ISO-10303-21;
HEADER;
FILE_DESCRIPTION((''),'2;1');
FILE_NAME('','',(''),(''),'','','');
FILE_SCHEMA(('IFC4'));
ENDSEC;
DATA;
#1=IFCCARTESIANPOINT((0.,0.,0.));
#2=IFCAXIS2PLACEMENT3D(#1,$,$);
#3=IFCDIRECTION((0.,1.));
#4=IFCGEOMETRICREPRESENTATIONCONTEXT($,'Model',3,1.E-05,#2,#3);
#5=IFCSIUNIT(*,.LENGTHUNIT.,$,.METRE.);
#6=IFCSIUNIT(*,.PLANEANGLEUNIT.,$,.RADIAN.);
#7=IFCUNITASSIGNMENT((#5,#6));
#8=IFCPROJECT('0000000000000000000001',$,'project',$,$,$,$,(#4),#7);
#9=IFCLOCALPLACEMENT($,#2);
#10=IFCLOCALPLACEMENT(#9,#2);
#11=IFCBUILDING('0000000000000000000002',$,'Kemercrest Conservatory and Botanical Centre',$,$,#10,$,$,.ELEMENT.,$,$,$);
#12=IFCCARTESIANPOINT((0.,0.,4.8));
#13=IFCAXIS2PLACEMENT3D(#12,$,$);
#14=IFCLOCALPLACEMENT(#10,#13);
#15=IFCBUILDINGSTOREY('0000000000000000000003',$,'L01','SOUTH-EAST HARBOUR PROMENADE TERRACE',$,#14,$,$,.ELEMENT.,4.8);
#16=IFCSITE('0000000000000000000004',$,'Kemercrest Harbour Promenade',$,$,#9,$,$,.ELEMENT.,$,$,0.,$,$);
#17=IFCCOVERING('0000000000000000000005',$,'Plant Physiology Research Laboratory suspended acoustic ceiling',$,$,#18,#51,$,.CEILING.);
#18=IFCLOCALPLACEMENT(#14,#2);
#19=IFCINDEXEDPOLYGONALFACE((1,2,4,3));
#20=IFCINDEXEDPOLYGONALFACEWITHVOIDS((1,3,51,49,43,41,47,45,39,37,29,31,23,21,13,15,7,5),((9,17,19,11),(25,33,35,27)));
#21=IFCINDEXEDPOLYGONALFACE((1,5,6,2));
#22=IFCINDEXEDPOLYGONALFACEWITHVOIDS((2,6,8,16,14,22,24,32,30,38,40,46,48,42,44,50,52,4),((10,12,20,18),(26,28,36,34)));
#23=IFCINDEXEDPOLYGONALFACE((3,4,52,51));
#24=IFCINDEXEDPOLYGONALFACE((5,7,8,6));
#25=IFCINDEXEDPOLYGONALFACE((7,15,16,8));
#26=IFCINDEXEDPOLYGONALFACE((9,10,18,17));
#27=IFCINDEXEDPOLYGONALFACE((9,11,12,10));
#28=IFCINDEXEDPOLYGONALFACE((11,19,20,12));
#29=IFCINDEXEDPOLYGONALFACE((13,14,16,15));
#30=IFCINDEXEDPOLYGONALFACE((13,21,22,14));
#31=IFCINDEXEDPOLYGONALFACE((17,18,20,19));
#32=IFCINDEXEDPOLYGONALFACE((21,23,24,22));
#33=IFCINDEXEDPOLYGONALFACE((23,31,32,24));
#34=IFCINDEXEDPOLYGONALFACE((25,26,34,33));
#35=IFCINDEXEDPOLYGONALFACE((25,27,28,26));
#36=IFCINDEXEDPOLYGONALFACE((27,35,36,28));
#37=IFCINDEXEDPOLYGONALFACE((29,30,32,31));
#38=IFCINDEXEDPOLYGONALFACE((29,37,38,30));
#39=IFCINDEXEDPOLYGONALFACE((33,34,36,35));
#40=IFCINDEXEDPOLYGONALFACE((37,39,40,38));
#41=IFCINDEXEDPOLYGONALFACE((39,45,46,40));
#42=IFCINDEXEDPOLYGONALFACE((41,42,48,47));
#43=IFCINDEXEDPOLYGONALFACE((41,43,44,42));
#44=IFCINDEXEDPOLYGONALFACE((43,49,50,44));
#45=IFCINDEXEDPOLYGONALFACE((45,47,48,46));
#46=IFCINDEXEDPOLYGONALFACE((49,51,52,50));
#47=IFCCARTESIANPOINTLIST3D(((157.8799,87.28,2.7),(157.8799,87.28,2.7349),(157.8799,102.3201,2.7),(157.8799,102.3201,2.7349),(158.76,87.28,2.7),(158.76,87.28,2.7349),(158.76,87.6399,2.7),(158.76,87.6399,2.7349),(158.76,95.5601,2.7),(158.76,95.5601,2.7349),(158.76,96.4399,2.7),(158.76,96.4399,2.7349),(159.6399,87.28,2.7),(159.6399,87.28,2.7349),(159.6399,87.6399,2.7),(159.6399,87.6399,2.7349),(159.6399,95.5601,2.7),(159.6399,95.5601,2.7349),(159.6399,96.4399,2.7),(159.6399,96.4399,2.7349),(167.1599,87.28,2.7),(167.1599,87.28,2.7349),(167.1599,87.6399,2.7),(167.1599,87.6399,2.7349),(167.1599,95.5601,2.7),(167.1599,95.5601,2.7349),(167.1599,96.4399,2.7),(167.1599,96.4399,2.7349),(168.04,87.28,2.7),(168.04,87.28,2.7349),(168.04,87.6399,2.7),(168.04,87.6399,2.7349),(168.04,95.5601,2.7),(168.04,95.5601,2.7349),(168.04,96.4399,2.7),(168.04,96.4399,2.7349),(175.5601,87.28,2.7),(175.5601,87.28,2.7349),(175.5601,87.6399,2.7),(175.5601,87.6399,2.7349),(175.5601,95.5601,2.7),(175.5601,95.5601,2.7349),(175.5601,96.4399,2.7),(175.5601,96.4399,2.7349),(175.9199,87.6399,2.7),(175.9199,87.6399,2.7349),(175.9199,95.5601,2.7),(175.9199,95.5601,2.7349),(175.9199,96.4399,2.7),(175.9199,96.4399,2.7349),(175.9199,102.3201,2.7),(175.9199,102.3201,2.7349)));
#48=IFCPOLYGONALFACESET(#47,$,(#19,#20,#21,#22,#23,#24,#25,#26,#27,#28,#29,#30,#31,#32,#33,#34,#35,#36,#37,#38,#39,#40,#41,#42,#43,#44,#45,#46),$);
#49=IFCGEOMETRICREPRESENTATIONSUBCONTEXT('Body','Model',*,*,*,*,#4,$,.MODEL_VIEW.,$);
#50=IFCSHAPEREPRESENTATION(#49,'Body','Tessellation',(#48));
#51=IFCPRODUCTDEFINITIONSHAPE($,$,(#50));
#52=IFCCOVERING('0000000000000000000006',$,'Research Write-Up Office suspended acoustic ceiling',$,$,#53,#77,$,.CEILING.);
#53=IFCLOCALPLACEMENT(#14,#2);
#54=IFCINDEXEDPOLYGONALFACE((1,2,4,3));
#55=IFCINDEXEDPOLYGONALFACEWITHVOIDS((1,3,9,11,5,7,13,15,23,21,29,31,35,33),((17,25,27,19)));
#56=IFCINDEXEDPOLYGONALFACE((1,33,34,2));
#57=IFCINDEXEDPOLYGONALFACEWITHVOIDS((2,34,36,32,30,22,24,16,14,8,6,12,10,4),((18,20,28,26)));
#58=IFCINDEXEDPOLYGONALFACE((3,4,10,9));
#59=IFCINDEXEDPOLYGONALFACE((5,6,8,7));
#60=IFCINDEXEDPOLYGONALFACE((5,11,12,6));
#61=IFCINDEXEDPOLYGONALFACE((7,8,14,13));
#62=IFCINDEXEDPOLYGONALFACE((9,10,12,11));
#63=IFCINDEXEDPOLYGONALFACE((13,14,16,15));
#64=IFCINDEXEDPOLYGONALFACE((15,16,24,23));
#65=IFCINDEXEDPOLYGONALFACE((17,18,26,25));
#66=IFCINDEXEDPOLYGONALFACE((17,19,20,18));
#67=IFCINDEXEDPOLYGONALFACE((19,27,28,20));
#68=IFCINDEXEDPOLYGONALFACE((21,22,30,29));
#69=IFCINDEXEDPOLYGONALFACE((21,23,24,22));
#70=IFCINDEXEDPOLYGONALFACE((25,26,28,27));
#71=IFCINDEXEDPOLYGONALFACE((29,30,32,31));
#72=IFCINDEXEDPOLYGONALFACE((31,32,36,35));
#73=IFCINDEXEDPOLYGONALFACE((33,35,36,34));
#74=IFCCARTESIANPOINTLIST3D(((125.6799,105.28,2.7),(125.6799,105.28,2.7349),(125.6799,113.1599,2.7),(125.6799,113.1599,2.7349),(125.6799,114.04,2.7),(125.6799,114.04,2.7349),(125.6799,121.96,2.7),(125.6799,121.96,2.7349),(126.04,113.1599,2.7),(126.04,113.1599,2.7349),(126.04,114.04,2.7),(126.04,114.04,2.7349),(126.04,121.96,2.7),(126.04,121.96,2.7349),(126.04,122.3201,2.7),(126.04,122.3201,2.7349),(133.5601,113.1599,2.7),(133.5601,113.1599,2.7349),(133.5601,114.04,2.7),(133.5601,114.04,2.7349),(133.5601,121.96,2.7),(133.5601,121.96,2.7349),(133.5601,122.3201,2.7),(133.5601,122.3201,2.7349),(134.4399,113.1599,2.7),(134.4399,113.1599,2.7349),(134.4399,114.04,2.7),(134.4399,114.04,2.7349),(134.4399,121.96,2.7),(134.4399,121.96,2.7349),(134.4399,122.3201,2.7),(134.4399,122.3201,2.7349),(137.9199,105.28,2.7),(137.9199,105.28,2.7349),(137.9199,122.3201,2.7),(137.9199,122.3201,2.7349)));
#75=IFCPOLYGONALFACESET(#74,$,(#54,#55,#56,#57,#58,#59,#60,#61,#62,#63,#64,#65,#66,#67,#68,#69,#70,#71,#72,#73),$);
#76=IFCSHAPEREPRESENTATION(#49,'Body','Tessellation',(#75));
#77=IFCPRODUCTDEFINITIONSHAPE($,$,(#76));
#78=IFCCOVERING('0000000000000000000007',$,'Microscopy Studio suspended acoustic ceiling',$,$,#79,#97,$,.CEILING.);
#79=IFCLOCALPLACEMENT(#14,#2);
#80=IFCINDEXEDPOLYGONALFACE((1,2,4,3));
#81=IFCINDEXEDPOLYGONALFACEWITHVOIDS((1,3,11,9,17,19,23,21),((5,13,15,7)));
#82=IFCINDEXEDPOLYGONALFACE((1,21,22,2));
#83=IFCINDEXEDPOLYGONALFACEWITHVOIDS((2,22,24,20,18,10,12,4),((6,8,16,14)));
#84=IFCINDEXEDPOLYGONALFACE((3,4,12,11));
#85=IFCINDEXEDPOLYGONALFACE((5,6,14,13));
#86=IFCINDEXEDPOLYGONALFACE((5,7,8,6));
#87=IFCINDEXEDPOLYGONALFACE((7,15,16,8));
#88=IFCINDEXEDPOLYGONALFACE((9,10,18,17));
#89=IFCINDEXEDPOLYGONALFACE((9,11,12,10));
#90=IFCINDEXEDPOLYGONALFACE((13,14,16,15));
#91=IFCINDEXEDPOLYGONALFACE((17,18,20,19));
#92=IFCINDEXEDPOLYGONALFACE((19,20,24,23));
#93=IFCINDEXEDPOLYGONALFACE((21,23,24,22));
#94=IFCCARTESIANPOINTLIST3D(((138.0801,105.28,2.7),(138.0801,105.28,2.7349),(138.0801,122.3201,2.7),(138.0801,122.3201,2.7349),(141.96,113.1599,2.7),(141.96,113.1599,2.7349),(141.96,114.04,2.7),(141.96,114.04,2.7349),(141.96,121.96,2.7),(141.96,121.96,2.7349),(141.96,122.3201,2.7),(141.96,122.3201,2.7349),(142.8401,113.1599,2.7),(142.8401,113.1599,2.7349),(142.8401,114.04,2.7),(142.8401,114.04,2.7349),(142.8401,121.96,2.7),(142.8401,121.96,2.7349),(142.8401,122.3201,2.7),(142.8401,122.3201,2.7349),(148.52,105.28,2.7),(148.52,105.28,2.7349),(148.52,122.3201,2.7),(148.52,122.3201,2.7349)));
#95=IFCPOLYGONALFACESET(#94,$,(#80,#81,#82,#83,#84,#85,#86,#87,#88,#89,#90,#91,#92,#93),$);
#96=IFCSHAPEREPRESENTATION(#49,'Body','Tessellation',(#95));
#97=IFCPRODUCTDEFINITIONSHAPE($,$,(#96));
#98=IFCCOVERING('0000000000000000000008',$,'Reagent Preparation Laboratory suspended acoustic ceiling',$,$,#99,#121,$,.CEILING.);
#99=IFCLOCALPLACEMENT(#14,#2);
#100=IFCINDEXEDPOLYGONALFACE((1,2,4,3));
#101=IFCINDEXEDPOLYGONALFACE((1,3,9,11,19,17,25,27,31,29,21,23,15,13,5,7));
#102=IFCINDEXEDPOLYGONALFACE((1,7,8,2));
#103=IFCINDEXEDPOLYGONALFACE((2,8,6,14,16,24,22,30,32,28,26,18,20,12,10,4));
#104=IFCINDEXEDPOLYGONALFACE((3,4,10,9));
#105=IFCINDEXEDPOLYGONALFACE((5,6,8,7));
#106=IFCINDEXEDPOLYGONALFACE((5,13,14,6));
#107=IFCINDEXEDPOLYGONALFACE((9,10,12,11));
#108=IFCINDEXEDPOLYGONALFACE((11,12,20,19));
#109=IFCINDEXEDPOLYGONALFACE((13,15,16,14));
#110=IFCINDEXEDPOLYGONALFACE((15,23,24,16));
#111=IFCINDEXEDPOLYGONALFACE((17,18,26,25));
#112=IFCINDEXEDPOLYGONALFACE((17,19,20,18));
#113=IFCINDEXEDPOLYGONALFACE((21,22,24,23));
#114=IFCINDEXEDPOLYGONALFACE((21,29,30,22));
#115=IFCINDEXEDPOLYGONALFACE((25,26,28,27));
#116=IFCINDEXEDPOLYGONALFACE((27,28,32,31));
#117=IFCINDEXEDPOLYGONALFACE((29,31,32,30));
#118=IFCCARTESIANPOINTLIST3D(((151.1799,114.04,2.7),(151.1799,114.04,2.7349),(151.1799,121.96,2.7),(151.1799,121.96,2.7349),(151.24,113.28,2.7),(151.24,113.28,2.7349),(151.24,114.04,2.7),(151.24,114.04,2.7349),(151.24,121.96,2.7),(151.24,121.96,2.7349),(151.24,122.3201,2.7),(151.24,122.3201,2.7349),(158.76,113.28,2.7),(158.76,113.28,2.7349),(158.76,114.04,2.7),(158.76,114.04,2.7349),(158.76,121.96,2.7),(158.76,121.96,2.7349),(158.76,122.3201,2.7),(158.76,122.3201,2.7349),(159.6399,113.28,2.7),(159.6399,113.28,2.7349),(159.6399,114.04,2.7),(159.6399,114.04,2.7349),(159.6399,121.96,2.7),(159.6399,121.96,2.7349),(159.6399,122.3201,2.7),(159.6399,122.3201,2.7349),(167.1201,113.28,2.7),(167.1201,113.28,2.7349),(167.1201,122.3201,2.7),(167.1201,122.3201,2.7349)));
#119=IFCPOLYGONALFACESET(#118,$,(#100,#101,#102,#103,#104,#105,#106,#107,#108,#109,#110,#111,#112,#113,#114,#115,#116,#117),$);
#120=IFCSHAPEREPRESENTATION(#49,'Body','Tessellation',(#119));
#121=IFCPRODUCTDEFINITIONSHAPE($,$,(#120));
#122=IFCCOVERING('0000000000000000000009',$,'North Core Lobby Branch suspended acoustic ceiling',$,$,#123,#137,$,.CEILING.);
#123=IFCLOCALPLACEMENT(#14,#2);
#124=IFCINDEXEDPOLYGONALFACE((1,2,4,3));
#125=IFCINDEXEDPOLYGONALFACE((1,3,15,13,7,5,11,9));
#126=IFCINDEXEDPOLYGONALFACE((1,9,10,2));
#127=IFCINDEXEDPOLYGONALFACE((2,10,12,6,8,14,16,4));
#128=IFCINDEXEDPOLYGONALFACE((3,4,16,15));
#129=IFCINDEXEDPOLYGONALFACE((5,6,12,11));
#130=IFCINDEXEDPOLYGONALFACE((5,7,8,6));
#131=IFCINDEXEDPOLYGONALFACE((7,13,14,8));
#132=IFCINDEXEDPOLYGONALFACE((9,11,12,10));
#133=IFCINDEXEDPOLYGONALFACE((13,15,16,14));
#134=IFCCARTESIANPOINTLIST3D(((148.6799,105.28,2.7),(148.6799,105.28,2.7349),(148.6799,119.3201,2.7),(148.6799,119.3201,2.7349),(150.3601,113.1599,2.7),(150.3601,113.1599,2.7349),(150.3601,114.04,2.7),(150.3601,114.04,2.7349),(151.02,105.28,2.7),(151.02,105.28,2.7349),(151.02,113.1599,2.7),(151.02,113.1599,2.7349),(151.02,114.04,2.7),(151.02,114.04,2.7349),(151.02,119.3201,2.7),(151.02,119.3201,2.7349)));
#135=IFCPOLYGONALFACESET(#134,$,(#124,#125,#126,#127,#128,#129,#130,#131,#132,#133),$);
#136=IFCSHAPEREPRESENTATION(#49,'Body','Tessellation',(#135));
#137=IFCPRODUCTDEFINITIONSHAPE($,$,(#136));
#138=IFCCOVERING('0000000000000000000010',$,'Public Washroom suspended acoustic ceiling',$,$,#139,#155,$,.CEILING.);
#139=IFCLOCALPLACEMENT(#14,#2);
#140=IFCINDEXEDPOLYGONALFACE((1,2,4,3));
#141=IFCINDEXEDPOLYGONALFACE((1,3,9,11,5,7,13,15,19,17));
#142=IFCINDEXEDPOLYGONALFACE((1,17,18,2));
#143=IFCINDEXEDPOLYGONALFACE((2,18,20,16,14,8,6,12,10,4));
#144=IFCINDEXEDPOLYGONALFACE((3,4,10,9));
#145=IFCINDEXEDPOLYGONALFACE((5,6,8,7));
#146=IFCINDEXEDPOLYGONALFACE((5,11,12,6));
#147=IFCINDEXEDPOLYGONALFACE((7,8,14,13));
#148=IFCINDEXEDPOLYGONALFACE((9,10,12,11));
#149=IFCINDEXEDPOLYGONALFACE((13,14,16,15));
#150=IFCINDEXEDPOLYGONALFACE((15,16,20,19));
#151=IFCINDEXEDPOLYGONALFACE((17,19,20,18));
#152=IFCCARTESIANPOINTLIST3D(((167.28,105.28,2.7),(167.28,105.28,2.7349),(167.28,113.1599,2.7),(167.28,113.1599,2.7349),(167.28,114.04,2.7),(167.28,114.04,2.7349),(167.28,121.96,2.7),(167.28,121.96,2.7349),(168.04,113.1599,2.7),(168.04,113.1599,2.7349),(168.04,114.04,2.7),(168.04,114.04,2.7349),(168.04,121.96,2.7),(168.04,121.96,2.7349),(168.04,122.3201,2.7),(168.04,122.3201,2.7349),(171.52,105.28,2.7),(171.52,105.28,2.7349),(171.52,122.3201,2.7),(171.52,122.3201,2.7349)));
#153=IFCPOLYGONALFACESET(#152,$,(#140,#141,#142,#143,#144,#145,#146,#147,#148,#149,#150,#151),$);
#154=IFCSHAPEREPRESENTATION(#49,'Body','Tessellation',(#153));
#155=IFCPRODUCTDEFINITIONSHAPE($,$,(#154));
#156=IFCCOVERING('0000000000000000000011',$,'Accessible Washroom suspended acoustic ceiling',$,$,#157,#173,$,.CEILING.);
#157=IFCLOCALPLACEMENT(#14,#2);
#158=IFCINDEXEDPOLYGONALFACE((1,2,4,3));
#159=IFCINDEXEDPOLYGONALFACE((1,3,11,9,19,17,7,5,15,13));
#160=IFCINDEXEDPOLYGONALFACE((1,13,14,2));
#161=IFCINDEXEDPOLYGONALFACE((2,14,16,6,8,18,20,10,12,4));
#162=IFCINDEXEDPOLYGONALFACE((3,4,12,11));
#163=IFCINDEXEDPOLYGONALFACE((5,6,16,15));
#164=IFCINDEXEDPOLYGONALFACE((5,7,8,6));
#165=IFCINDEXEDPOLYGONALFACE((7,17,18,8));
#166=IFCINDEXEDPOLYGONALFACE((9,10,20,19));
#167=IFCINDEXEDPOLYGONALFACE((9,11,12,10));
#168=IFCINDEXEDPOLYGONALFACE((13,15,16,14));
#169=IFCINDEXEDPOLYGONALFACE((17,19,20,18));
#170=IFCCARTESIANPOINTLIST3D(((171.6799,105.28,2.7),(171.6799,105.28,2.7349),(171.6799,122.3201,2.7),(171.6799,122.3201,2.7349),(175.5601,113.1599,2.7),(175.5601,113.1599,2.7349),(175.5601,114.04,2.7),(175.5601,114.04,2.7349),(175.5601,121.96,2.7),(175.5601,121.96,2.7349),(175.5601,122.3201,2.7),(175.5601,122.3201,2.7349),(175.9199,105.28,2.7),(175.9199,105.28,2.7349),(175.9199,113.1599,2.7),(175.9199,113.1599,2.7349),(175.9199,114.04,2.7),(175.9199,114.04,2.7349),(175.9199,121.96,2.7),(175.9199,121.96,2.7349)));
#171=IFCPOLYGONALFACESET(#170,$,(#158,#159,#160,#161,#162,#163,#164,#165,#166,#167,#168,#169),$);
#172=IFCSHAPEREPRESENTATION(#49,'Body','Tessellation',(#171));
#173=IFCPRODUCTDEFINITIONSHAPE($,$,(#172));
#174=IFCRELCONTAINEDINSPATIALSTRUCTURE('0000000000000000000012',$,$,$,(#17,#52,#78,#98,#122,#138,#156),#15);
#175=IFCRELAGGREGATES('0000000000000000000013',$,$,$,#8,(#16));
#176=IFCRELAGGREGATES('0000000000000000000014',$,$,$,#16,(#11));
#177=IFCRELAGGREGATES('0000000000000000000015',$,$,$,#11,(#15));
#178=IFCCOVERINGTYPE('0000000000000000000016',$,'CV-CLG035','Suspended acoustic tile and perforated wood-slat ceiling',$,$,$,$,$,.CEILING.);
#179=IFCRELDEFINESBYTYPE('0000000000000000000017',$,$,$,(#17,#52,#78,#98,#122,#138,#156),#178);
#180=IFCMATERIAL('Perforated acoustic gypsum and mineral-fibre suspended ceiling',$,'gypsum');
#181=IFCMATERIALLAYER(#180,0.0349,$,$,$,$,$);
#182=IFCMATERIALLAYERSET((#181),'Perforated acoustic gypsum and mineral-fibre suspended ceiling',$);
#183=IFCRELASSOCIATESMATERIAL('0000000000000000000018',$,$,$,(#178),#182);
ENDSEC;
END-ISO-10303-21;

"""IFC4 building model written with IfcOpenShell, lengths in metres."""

from ifc_helpers import new_model, si_unit, direction, frame, origin, place, context, subcontext, project, spatial, polyline, outline, extrude, material, layer, layer_set, type_object, element, save


model = new_model("IFC4")

# Units and contexts
model_context = context("Model", 3, precision=1e-05, world=origin(), true_north=direction((0.0, 1.0)))
body_context = subcontext(model_context, "Body", "Model", "MODEL_VIEW")
ifc_project = project(units=[si_unit("LENGTHUNIT", "METRE"), si_unit("PLANEANGLEUNIT", "RADIAN")], contexts=[model_context])

# Site, building, storey
site_placement = place(None, origin())
site = spatial("IfcSite", under=ifc_project, at=site_placement, Name="Kemercrest Harbour Promenade", CompositionType="ELEMENT", RefElevation=0.0)
building_placement = place(site_placement, origin())
building = spatial("IfcBuilding", under=site, at=building_placement, Name="Kemercrest Conservatory and Botanical Centre", CompositionType="ELEMENT")
storey_placement = place(building_placement, frame((0.0, 0.0, 4.8)))
storey = spatial("IfcBuildingStorey", under=building, at=storey_placement, Name="L01", Description="SOUTH-EAST HARBOUR PROMENADE TERRACE", CompositionType="ELEMENT", Elevation=4.8)

# Coverings
ifc_material = material(Name="Perforated acoustic gypsum and mineral-fibre suspended ceiling", Category="gypsum")
ifc_layer = layer(ifc_material, 0.0349)
ifc_layer_set = layer_set([ifc_layer], Name="Perforated acoustic gypsum and mineral-fibre suspended ceiling")
covering_type = type_object("IfcCoveringType", Name="CV-CLG035", Description="Suspended acoustic tile and perforated wood-slat ceiling", PredefinedType="CEILING", material=ifc_layer_set)
covering_1_placement = place(storey_placement, frame((0.0, 0.0, 2.7)))
element("IfcCovering", 1, at=covering_1_placement, inside=storey, type_object=covering_type, Name="Plant Physiology Research Laboratory suspended acoustic ceiling", PredefinedType="CEILING", context=body_context, shape_type="SweptSolid", body=[
    extrude(outline(polyline([(167.1599, 87.6399), (168.04, 87.6399), (168.04, 87.28), (175.5601, 87.28), (175.5601, 87.6399), (175.9199, 87.6399), (175.9199, 95.5601), (175.5601, 95.5601), (175.5601, 96.4399), (175.9199, 96.4399), (175.9199, 102.3201), (157.8799, 102.3201), (157.8799, 87.28), (158.76, 87.28), (158.76, 87.6399), (159.6399, 87.6399), (159.6399, 87.28), (167.1599, 87.28), (167.1599, 87.6399)]), holes=[polyline([(167.1599, 95.5601), (167.1599, 96.4399), (168.04, 96.4399), (168.04, 95.5601), (167.1599, 95.5601)]), polyline([(158.76, 95.5601), (158.76, 96.4399), (159.6399, 96.4399), (159.6399, 95.5601), (158.76, 95.5601)])]), origin(), (0.0, 0.0, 1.0), 0.0349),
])
covering_2_placement = place(storey_placement, frame((0.0, 0.0, 2.7)))
element("IfcCovering", 2, at=covering_2_placement, inside=storey, type_object=covering_type, Name="Research Write-Up Office suspended acoustic ceiling", PredefinedType="CEILING", context=body_context, shape_type="SweptSolid", body=[
    extrude(outline(polyline([(126.04, 113.1599), (125.6799, 113.1599), (125.6799, 105.28), (137.9199, 105.28), (137.9199, 122.3201), (134.4399, 122.3201), (134.4399, 121.96), (133.5601, 121.96), (133.5601, 122.3201), (126.04, 122.3201), (126.04, 121.96), (125.6799, 121.96), (125.6799, 114.04), (126.04, 114.04), (126.04, 113.1599)]), holes=[polyline([(133.5601, 113.1599), (133.5601, 114.04), (134.4399, 114.04), (134.4399, 113.1599), (133.5601, 113.1599)])]), origin(), (0.0, 0.0, 1.0), 0.0349),
])
covering_3_placement = place(storey_placement, frame((0.0, 0.0, 2.7)))
element("IfcCovering", 3, at=covering_3_placement, inside=storey, type_object=covering_type, Name="Microscopy Studio suspended acoustic ceiling", PredefinedType="CEILING", context=body_context, shape_type="SweptSolid", body=[
    extrude(outline(polyline([(141.96, 122.3201), (138.0801, 122.3201), (138.0801, 105.28), (148.52, 105.28), (148.52, 122.3201), (142.8401, 122.3201), (142.8401, 121.96), (141.96, 121.96), (141.96, 122.3201)]), holes=[polyline([(142.8401, 113.1599), (141.96, 113.1599), (141.96, 114.04), (142.8401, 114.04), (142.8401, 113.1599)])]), origin(), (0.0, 0.0, 1.0), 0.0349),
])
covering_4_placement = place(storey_placement, frame((0.0, 0.0, 2.7)))
element("IfcCovering", 4, at=covering_4_placement, inside=storey, type_object=covering_type, Name="Reagent Preparation Laboratory suspended acoustic ceiling", PredefinedType="CEILING", context=body_context, shape_type="SweptSolid", body=[
    extrude(outline(polyline([(159.6399, 113.28), (167.1201, 113.28), (167.1201, 122.3201), (159.6399, 122.3201), (159.6399, 121.96), (158.76, 121.96), (158.76, 122.3201), (151.24, 122.3201), (151.24, 121.96), (151.1799, 121.96), (151.1799, 114.04), (151.24, 114.04), (151.24, 113.28), (158.76, 113.28), (158.76, 114.04), (159.6399, 114.04), (159.6399, 113.28)])), origin(), (0.0, 0.0, 1.0), 0.0349),
])
covering_5_placement = place(storey_placement, frame((0.0, 0.0, 2.7)))
element("IfcCovering", 5, at=covering_5_placement, inside=storey, type_object=covering_type, Name="North Core Lobby Branch suspended acoustic ceiling", PredefinedType="CEILING", context=body_context, shape_type="SweptSolid", body=[
    extrude(outline(polyline([(148.6799, 105.28), (151.02, 105.28), (151.02, 113.1599), (150.3601, 113.1599), (150.3601, 114.04), (151.02, 114.04), (151.02, 119.3201), (148.6799, 119.3201), (148.6799, 105.28)])), origin(), (0.0, 0.0, 1.0), 0.0349),
])
covering_6_placement = place(storey_placement, frame((0.0, 0.0, 2.7)))
element("IfcCovering", 6, at=covering_6_placement, inside=storey, type_object=covering_type, Name="Public Washroom suspended acoustic ceiling", PredefinedType="CEILING", context=body_context, shape_type="SweptSolid", body=[
    extrude(outline(polyline([(167.28, 105.28), (171.52, 105.28), (171.52, 122.3201), (168.04, 122.3201), (168.04, 121.96), (167.28, 121.96), (167.28, 114.04), (168.04, 114.04), (168.04, 113.1599), (167.28, 113.1599), (167.28, 105.28)])), origin(), (0.0, 0.0, 1.0), 0.0349),
])
covering_7_placement = place(storey_placement, frame((0.0, 0.0, 2.7)))
element("IfcCovering", 7, at=covering_7_placement, inside=storey, type_object=covering_type, Name="Accessible Washroom suspended acoustic ceiling", PredefinedType="CEILING", context=body_context, shape_type="SweptSolid", body=[
    extrude(outline(polyline([(171.6799, 105.28), (175.9199, 105.28), (175.9199, 113.1599), (175.5601, 113.1599), (175.5601, 114.04), (175.9199, 114.04), (175.9199, 121.96), (175.5601, 121.96), (175.5601, 122.3201), (171.6799, 122.3201), (171.6799, 105.28)])), origin(), (0.0, 0.0, 1.0), 0.0349),
])

save(model, "model.ifc")
